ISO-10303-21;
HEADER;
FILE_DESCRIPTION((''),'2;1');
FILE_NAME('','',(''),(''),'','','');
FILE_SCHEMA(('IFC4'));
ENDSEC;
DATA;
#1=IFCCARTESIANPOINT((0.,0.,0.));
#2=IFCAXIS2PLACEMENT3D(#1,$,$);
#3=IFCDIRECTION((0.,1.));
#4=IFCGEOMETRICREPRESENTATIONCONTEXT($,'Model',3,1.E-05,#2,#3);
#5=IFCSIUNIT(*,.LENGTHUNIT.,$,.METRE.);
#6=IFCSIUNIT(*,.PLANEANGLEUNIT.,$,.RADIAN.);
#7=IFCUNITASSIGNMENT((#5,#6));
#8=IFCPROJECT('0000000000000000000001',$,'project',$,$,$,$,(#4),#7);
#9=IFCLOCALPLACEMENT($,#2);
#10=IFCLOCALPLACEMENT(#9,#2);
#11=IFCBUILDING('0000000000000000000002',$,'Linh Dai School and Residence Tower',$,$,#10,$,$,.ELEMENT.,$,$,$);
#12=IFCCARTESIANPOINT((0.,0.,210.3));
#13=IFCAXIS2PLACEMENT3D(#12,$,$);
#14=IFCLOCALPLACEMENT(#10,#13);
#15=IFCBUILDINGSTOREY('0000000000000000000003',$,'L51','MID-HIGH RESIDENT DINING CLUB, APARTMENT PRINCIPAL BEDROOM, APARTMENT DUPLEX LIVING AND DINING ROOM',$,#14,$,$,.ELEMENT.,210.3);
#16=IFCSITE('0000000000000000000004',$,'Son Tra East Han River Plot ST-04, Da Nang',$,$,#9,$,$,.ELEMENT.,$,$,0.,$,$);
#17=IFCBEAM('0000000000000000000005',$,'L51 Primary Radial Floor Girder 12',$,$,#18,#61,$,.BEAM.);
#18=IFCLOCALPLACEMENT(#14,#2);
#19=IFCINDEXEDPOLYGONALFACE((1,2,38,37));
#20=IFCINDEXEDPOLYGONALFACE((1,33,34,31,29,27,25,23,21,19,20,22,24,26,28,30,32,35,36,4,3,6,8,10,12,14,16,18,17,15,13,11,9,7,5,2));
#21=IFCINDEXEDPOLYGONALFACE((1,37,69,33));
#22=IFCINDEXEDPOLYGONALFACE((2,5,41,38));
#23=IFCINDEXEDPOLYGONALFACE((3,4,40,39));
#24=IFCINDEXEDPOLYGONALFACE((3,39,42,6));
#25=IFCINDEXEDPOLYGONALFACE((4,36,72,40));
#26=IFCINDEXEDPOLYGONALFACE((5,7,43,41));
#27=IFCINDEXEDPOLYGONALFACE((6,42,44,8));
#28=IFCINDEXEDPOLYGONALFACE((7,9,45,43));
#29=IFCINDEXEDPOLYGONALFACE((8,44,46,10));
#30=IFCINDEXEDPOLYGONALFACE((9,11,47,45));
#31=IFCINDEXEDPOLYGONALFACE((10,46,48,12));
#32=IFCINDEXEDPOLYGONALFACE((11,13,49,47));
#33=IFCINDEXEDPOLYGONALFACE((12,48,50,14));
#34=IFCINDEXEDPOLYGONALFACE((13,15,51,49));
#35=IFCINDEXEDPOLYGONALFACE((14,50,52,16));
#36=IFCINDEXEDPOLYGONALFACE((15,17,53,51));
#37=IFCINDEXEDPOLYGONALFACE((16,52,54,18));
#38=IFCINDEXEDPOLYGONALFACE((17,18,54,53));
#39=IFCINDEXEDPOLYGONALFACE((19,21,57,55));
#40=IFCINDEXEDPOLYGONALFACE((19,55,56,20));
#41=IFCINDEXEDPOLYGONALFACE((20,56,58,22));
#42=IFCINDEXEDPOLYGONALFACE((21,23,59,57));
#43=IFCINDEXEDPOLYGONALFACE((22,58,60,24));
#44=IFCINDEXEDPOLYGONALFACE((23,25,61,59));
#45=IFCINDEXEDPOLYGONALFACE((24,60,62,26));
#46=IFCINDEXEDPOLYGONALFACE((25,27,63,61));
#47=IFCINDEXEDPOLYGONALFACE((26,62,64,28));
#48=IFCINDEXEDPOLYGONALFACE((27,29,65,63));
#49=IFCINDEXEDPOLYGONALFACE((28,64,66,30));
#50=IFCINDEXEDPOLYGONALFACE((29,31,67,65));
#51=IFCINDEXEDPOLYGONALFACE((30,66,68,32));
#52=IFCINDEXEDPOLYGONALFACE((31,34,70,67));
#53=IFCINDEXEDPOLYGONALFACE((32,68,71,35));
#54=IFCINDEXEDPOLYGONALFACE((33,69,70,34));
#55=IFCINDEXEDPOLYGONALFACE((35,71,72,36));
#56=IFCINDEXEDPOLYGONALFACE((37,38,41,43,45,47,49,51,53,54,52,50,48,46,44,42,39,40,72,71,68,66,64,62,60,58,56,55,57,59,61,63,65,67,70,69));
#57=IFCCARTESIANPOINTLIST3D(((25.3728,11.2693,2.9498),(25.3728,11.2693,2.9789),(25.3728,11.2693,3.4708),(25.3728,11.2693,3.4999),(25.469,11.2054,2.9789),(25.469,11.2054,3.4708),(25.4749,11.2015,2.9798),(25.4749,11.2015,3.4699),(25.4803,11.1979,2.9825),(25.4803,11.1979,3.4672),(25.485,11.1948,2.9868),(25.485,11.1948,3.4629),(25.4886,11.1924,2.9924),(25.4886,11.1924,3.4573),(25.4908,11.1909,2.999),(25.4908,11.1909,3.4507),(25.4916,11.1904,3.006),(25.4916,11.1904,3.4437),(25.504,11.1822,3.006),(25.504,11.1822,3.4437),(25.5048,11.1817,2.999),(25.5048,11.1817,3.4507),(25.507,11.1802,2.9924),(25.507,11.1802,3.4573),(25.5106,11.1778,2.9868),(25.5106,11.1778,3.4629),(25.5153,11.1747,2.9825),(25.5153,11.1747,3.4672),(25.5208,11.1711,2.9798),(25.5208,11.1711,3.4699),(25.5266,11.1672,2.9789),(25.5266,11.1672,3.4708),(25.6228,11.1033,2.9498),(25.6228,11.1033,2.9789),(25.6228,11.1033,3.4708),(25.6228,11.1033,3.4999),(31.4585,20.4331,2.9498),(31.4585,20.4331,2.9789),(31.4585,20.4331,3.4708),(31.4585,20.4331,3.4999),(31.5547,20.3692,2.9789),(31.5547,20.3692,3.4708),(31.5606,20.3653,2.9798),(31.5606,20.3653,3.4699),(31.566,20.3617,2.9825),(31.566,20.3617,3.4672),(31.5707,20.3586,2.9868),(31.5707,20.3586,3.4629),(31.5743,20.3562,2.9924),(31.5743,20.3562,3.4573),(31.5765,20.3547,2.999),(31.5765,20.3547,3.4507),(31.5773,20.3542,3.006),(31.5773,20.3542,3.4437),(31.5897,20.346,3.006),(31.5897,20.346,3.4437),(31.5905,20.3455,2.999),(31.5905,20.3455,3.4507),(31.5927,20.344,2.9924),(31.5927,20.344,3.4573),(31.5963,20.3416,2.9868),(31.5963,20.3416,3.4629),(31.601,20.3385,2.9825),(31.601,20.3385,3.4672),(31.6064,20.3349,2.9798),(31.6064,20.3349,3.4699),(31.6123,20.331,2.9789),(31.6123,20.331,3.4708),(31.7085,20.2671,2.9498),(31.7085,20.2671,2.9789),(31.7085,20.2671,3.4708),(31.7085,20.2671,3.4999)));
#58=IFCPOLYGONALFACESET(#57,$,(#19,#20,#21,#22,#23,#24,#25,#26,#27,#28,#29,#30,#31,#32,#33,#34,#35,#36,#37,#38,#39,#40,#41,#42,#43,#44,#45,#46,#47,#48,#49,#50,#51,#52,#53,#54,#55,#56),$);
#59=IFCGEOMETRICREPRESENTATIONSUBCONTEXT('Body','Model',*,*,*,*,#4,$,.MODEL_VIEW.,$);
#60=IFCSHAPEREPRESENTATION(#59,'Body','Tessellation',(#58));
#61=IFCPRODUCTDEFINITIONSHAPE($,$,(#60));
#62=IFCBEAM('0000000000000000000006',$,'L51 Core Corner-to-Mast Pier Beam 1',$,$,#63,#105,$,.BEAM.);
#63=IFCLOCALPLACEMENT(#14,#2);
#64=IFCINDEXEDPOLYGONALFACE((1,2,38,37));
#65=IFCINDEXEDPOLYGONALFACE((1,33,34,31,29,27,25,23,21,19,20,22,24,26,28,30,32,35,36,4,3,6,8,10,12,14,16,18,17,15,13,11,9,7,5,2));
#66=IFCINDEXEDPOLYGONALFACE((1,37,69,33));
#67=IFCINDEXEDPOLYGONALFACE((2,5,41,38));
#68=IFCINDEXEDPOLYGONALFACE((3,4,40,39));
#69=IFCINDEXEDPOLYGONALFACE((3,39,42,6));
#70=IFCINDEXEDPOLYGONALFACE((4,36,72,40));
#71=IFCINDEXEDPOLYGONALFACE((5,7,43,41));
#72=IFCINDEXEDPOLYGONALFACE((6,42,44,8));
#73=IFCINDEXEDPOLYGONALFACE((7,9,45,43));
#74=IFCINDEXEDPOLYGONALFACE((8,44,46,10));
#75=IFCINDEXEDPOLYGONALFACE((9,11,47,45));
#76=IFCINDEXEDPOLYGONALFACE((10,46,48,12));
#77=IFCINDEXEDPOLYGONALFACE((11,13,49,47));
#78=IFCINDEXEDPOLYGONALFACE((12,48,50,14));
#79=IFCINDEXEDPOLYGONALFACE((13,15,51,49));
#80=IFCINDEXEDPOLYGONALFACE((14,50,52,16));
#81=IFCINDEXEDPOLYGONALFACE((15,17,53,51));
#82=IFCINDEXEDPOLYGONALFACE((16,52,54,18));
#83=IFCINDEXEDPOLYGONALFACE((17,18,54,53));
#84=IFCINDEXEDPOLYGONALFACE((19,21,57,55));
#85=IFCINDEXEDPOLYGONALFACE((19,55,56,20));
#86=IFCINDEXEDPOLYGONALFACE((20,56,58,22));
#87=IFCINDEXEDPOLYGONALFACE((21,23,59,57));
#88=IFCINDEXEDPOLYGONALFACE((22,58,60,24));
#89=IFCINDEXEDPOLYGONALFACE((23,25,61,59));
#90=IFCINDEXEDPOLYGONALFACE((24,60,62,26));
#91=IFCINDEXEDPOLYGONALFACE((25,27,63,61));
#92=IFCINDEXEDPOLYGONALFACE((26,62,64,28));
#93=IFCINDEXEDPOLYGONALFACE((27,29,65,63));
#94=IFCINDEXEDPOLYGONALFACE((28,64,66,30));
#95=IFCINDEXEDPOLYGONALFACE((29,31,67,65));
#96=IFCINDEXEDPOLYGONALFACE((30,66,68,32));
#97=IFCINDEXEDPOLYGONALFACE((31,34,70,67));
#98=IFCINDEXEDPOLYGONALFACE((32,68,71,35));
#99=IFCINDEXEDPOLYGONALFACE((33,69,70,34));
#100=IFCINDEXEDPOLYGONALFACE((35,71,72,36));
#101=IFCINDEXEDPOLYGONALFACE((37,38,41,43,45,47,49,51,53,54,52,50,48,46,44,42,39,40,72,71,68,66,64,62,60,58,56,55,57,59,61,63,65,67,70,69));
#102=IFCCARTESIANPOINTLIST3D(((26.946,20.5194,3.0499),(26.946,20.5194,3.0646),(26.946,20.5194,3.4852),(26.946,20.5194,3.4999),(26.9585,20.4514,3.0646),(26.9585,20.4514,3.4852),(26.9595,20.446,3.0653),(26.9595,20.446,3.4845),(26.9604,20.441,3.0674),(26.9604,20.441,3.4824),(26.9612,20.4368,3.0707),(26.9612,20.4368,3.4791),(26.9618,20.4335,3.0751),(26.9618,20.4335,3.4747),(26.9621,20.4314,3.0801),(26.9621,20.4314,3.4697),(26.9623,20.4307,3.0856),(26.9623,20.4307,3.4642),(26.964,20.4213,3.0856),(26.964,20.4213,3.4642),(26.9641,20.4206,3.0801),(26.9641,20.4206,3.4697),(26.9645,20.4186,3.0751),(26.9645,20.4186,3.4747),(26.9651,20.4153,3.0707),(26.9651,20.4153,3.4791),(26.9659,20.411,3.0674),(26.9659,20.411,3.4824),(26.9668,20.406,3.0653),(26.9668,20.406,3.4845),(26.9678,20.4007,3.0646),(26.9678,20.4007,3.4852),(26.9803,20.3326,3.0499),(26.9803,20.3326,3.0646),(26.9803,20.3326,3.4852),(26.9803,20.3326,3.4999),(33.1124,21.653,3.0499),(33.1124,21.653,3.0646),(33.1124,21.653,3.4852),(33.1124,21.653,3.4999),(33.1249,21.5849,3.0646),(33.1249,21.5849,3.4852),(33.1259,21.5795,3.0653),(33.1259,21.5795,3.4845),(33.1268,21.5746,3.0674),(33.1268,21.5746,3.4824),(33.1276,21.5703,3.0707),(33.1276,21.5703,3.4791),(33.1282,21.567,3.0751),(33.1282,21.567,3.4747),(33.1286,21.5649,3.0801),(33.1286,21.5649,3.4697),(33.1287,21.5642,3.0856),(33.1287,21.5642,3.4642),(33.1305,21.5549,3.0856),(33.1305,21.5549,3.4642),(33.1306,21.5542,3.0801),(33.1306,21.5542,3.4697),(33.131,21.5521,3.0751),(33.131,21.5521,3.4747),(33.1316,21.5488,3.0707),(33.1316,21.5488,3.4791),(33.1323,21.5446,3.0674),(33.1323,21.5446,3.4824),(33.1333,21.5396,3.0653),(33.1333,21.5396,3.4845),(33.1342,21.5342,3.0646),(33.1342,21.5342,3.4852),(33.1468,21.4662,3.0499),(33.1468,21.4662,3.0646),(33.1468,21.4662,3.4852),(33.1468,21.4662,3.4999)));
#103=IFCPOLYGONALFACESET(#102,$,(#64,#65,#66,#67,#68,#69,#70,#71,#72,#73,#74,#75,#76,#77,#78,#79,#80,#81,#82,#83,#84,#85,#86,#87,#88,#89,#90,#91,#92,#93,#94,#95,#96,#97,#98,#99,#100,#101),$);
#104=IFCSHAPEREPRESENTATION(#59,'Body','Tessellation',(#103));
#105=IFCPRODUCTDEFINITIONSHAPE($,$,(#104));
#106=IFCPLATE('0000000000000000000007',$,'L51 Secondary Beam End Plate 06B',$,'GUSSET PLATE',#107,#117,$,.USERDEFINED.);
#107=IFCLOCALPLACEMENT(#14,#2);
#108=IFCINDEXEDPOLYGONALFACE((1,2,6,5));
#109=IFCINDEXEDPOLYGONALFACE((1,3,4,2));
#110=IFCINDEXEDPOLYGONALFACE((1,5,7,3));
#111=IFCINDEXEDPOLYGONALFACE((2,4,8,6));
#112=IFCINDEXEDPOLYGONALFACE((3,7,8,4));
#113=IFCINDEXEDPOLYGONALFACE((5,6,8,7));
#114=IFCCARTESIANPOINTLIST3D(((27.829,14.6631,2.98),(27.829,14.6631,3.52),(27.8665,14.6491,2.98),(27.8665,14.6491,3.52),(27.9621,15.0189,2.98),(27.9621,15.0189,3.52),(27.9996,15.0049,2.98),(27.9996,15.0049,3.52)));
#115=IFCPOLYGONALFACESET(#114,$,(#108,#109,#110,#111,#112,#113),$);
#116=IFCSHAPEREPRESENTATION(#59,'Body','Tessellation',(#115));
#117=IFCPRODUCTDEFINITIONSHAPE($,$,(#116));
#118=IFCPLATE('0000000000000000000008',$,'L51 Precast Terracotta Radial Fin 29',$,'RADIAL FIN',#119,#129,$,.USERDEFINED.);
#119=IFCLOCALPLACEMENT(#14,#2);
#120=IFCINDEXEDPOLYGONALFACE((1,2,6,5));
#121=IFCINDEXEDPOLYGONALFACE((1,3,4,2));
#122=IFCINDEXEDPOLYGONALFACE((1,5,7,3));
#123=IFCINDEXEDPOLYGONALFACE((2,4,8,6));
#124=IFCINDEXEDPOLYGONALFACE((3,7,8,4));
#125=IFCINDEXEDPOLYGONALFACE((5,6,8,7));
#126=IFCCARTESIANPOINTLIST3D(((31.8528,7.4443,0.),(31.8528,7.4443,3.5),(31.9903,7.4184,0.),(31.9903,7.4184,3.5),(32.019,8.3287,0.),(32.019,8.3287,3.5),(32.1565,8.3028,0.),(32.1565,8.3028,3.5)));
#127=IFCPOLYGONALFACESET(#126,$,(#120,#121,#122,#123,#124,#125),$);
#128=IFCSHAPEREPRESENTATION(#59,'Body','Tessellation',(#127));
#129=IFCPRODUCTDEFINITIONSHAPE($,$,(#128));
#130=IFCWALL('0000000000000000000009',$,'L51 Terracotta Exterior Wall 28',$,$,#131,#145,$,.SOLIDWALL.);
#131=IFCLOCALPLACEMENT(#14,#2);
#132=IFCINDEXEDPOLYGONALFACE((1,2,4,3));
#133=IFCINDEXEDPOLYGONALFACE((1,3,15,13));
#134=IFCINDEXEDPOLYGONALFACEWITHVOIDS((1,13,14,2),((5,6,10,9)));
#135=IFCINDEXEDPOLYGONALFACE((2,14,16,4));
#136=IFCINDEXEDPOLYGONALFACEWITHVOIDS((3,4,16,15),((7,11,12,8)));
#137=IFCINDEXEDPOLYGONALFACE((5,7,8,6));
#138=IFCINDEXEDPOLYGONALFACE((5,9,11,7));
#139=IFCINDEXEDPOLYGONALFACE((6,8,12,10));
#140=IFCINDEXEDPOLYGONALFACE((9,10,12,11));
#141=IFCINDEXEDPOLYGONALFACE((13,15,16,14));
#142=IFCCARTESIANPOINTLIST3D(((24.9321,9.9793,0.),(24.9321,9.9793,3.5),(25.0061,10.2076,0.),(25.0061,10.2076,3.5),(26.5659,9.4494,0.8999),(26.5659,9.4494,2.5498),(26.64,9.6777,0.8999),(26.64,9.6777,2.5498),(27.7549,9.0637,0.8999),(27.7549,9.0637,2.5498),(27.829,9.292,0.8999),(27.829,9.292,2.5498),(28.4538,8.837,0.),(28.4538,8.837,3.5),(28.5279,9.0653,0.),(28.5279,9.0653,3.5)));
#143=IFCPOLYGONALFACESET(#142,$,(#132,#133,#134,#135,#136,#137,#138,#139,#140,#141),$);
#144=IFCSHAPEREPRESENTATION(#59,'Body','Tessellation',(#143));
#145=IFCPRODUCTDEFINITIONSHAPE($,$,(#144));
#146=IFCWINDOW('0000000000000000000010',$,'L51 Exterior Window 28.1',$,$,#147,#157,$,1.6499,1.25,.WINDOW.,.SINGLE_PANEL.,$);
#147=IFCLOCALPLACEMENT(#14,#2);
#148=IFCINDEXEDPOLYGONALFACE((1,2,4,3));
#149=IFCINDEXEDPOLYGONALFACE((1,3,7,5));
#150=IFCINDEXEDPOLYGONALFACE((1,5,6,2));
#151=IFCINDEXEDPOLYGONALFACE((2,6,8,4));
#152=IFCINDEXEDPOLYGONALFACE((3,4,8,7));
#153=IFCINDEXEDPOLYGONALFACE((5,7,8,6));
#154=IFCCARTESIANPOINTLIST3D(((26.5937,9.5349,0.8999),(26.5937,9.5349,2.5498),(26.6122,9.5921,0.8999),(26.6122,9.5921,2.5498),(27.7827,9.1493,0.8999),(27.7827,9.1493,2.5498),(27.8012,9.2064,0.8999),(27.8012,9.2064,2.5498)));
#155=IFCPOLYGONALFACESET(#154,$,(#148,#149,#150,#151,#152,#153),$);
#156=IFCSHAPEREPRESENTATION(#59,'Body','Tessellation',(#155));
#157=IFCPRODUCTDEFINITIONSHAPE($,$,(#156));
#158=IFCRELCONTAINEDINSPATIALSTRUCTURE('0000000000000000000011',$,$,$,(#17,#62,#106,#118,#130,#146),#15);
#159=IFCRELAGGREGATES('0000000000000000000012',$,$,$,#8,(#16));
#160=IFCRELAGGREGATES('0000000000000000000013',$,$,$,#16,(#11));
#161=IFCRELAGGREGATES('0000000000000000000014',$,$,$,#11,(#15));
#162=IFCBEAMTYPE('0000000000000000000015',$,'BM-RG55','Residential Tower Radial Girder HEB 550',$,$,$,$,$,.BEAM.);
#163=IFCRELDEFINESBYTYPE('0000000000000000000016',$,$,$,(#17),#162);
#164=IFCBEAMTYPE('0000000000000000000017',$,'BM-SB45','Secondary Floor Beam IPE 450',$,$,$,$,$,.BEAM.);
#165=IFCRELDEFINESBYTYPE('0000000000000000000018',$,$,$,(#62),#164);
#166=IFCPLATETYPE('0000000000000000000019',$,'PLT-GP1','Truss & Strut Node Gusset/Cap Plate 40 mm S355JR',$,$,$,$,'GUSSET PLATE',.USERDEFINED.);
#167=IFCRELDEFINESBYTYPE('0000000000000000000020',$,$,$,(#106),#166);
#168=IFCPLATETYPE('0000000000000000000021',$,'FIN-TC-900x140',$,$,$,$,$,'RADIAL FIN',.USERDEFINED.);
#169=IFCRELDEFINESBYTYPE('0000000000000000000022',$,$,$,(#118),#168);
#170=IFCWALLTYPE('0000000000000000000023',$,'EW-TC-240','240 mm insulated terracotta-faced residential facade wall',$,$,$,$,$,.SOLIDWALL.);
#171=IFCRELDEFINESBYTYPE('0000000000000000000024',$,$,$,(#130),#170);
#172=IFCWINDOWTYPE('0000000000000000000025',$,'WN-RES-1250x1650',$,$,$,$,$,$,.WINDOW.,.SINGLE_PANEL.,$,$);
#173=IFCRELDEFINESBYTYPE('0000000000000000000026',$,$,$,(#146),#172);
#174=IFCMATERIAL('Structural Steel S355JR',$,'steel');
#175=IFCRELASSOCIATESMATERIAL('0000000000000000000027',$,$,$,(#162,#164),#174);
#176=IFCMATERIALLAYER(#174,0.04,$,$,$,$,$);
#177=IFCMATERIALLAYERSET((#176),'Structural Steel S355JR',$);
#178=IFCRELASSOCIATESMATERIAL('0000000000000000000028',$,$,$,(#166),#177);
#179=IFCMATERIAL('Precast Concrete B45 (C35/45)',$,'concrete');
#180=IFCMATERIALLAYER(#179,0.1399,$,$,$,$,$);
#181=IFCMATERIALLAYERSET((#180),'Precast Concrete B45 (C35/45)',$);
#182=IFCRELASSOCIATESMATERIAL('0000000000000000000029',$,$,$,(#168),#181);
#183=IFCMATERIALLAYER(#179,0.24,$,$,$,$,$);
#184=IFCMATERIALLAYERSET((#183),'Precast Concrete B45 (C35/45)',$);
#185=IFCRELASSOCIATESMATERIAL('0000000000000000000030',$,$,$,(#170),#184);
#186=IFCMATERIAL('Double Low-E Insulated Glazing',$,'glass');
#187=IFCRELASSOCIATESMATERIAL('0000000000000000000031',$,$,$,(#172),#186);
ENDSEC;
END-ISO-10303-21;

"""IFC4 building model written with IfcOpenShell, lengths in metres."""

from ifc_helpers import new_model, si_unit, direction, frame, frame_2d, origin, origin_2d, place, context, subcontext, project, spatial, rectangle, i_section, extrude, source, transform, mapped, material, layer, layer_set, material_profile, profile_set, type_object, element, fill, save


model = new_model("IFC4")

# Units and contexts
model_context = context("Model", 3, precision=1e-05, world=origin(), true_north=direction((0.0, 1.0)))
body_context = subcontext(model_context, "Body", "Model", "MODEL_VIEW")
ifc_project = project(units=[si_unit("LENGTHUNIT", "METRE"), si_unit("PLANEANGLEUNIT", "RADIAN")], contexts=[model_context])

# Site, building, storey
site_placement = place(None, origin())
site = spatial("IfcSite", under=ifc_project, at=site_placement, Name="Son Tra East Han River Plot ST-04, Da Nang", CompositionType="ELEMENT", RefElevation=0.0)
building_placement = place(site_placement, origin())
building = spatial("IfcBuilding", under=site, at=building_placement, Name="Linh Dai School and Residence Tower", CompositionType="ELEMENT")
storey_placement = place(building_placement, frame((0.0, 0.0, 210.3)))
storey = spatial("IfcBuildingStorey", under=building, at=storey_placement, Name="L51", Description="MID-HIGH RESIDENT DINING CLUB, APARTMENT PRINCIPAL BEDROOM, APARTMENT DUPLEX LIVING AND DINING ROOM", CompositionType="ELEMENT", Elevation=210.3)

# Beams
ifc_material_1 = material(Name="Structural Steel S355JR", Category="steel")
ifc_material_profile_1 = material_profile(ifc_material_1, i_section(OverallWidth=0.3, OverallDepth=0.55, WebThickness=0.0149, FlangeThickness=0.0291, FilletRadius=0.0271, at=origin_2d()), Name="HEB 550")
ifc_profile_set_1 = profile_set([ifc_material_profile_1], Name="Structural Steel S355JR")
beam_type_1 = type_object("IfcBeamType", Name="BM-RG55", Description="Residential Tower Radial Girder HEB 550", PredefinedType="BEAM", material=ifc_profile_set_1)
beam_1_placement = place(storey_placement, frame((31.5835, 20.3501, 3.2249), z_axis=(-0.553219, -0.833036, 0.0), x_axis=(0.833036, -0.553219, 0.0)))
element("IfcBeam", 1, at=beam_1_placement, inside=storey, type_object=beam_type_1, Name="L51 Primary Radial Floor Girder 12", PredefinedType="BEAM", context=body_context, shape_type="SweptSolid", body=[
    extrude(i_section(OverallWidth=0.3, OverallDepth=0.55, WebThickness=0.0149, FlangeThickness=0.0291, FilletRadius=0.0271, at=origin_2d()), origin(), (0.0, 0.0, 1.0), 11.0005),
])
ifc_material_profile_2 = material_profile(ifc_material_1, i_section(OverallWidth=0.1899, OverallDepth=0.45, WebThickness=0.0095, FlangeThickness=0.0146, FilletRadius=0.021, at=origin_2d()), Name="IPE 450")
ifc_profile_set_2 = profile_set([ifc_material_profile_2], Name="Structural Steel S355JR")
beam_type_2 = type_object("IfcBeamType", Name="BM-SB45", Description="Secondary Floor Beam IPE 450", PredefinedType="BEAM", material=ifc_profile_set_2)
beam_2_placement = place(storey_placement, frame((26.9631, 20.426, 3.2749), z_axis=(0.983521, 0.180794, 0.0), x_axis=(-0.180794, 0.983521, 0.0)))
element("IfcBeam", 2, at=beam_2_placement, inside=storey, type_object=beam_type_2, Name="L51 Core Corner-to-Mast Pier Beam 1", PredefinedType="BEAM", context=body_context, shape_type="SweptSolid", body=[
    extrude(i_section(OverallWidth=0.1899, OverallDepth=0.45, WebThickness=0.0095, FlangeThickness=0.0146, FilletRadius=0.021, at=origin_2d()), origin(), (0.0, 0.0, 1.0), 6.2698),
])

# Plates
ifc_layer_1 = layer(ifc_material_1, 0.04)
ifc_layer_set_1 = layer_set([ifc_layer_1], Name="Structural Steel S355JR")
plate_type_1 = type_object("IfcPlateType", Name="PLT-GP1", Description="Truss & Strut Node Gusset/Cap Plate 40 mm S355JR", ElementType="GUSSET PLATE", PredefinedType="USERDEFINED", material=ifc_layer_set_1)
shared_shape_1 = source(origin(), body_context, "Body", "SweptSolid", [
    extrude(rectangle(XDim=0.04, YDim=0.3799, at=origin_2d()), origin(), (0.0, 0.0, 1.0), 0.54),
])
plate_1_placement = place(storey_placement, frame((27.9143, 14.834, 2.98), z_axis=(0.0, 0.0, 1.0), x_axis=(0.936534, -0.350577, 0.0)))
element("IfcPlate", 3, at=plate_1_placement, inside=storey, type_object=plate_type_1, Name="L51 Secondary Beam End Plate 06B", ObjectType="GUSSET PLATE", PredefinedType="USERDEFINED", context=body_context, shape_type="MappedRepresentation", body=[
    mapped(shared_shape_1, transform((0.0, 0.0, 0.0), x_axis=(1.0, 0.0, 0.0), y_axis=(0.0, 1.0, 0.0), z_axis=(0.0, 0.0, 1.0), scale=1.0)),
])
ifc_material_2 = material(Name="Precast Concrete B45 (C35/45)", Category="concrete")
ifc_layer_2 = layer(ifc_material_2, 0.1399)
ifc_layer_set_2 = layer_set([ifc_layer_2], Name="Precast Concrete B45 (C35/45)")
plate_type_2 = type_object("IfcPlateType", Name="FIN-TC-900x140", ElementType="RADIAL FIN", PredefinedType="USERDEFINED", material=ifc_layer_set_2)
shared_shape_2 = source(origin(), body_context, "Body", "SweptSolid", [
    extrude(rectangle(XDim=0.8999, YDim=0.1399, at=origin_2d()), origin(), (0.0, 0.0, 1.0), 3.5),
])
plate_2_placement = place(storey_placement, frame((32.0046, 7.8735, 0.0), z_axis=(0.0, 0.0, 1.0), x_axis=(-0.184744, -0.982787, 0.0)))
element("IfcPlate", 4, at=plate_2_placement, inside=storey, type_object=plate_type_2, Name="L51 Precast Terracotta Radial Fin 29", ObjectType="RADIAL FIN", PredefinedType="USERDEFINED", context=body_context, shape_type="MappedRepresentation", body=[
    mapped(shared_shape_2, transform((0.0, 0.0, 0.0), x_axis=(1.0, 0.0, 0.0), y_axis=(0.0, 1.0, 0.0), z_axis=(0.0, 0.0, 1.0), scale=1.0)),
])

# Wall, opening, window
ifc_layer_3 = layer(ifc_material_2, 0.24)
ifc_layer_set_3 = layer_set([ifc_layer_3], Name="Precast Concrete B45 (C35/45)")
wall_type_1 = type_object("IfcWallType", Name="EW-TC-240", Description="240 mm insulated terracotta-faced residential facade wall", PredefinedType="SOLIDWALL", material=ifc_layer_set_3)
wall_1_placement = place(storey_placement, frame((28.4907, 8.9512, 0.0), z_axis=(0.0, 0.0, 1.0), x_axis=(-0.951211, 0.308542, 0.0)))
wall_1 = element("IfcWall", 5, at=wall_1_placement, inside=storey, type_object=wall_type_1, Name="L51 Terracotta Exterior Wall 28", PredefinedType="SOLIDWALL", context=body_context, shape_type="SweptSolid", body=[
    extrude(rectangle(XDim=3.7024, YDim=0.24, at=frame_2d((1.8511, 0.0))), origin(), (0.0, 0.0, 1.0), 3.5),
])
opening_1_placement = place(wall_1_placement, frame((0.7346, 0.0, 0.8999)))
opening_1 = element("IfcOpeningElement", 6, at=opening_1_placement, cuts=wall_1, PredefinedType="OPENING", context=body_context, shape_type="SweptSolid", body=[
    extrude(rectangle(XDim=1.25, YDim=1.6499, at=origin_2d()), frame((0.625, 0.1299, 0.825), z_axis=(0.0, -1.0, 0.0), x_axis=(1.0, 0.0, 0.0)), (0.0, 0.0, 1.0), 0.26),
])
ifc_material_3 = material(Name="Double Low-E Insulated Glazing", Category="glass")
window_type_1 = type_object("IfcWindowType", Name="WN-RES-1250x1650", PartitioningType="SINGLE_PANEL", PredefinedType="WINDOW", material=ifc_material_3)
shared_shape_3 = source(origin(), body_context, "Body", "SweptSolid", [
    extrude(rectangle(XDim=1.25, YDim=1.6499, at=origin_2d()), frame((0.625, 0.03, 0.825), z_axis=(0.0, -1.0, 0.0), x_axis=(1.0, 0.0, 0.0)), (0.0, 0.0, 1.0), 0.0601),
])
window_1_placement = place(opening_1_placement, origin())
window_1 = element("IfcWindow", 7, at=window_1_placement, inside=storey, type_object=window_type_1, Name="L51 Exterior Window 28.1", OverallHeight=1.6499, OverallWidth=1.25, PartitioningType="SINGLE_PANEL", PredefinedType="WINDOW", context=body_context, shape_type="MappedRepresentation", body=[
    mapped(shared_shape_3, transform((0.0, 0.0, 0.0), x_axis=(1.0, 0.0, 0.0), y_axis=(0.0, 1.0, 0.0), z_axis=(0.0, 0.0, 1.0), scale=1.0)),
])
fill(opening_1, window_1)

save(model, "model.ifc")
